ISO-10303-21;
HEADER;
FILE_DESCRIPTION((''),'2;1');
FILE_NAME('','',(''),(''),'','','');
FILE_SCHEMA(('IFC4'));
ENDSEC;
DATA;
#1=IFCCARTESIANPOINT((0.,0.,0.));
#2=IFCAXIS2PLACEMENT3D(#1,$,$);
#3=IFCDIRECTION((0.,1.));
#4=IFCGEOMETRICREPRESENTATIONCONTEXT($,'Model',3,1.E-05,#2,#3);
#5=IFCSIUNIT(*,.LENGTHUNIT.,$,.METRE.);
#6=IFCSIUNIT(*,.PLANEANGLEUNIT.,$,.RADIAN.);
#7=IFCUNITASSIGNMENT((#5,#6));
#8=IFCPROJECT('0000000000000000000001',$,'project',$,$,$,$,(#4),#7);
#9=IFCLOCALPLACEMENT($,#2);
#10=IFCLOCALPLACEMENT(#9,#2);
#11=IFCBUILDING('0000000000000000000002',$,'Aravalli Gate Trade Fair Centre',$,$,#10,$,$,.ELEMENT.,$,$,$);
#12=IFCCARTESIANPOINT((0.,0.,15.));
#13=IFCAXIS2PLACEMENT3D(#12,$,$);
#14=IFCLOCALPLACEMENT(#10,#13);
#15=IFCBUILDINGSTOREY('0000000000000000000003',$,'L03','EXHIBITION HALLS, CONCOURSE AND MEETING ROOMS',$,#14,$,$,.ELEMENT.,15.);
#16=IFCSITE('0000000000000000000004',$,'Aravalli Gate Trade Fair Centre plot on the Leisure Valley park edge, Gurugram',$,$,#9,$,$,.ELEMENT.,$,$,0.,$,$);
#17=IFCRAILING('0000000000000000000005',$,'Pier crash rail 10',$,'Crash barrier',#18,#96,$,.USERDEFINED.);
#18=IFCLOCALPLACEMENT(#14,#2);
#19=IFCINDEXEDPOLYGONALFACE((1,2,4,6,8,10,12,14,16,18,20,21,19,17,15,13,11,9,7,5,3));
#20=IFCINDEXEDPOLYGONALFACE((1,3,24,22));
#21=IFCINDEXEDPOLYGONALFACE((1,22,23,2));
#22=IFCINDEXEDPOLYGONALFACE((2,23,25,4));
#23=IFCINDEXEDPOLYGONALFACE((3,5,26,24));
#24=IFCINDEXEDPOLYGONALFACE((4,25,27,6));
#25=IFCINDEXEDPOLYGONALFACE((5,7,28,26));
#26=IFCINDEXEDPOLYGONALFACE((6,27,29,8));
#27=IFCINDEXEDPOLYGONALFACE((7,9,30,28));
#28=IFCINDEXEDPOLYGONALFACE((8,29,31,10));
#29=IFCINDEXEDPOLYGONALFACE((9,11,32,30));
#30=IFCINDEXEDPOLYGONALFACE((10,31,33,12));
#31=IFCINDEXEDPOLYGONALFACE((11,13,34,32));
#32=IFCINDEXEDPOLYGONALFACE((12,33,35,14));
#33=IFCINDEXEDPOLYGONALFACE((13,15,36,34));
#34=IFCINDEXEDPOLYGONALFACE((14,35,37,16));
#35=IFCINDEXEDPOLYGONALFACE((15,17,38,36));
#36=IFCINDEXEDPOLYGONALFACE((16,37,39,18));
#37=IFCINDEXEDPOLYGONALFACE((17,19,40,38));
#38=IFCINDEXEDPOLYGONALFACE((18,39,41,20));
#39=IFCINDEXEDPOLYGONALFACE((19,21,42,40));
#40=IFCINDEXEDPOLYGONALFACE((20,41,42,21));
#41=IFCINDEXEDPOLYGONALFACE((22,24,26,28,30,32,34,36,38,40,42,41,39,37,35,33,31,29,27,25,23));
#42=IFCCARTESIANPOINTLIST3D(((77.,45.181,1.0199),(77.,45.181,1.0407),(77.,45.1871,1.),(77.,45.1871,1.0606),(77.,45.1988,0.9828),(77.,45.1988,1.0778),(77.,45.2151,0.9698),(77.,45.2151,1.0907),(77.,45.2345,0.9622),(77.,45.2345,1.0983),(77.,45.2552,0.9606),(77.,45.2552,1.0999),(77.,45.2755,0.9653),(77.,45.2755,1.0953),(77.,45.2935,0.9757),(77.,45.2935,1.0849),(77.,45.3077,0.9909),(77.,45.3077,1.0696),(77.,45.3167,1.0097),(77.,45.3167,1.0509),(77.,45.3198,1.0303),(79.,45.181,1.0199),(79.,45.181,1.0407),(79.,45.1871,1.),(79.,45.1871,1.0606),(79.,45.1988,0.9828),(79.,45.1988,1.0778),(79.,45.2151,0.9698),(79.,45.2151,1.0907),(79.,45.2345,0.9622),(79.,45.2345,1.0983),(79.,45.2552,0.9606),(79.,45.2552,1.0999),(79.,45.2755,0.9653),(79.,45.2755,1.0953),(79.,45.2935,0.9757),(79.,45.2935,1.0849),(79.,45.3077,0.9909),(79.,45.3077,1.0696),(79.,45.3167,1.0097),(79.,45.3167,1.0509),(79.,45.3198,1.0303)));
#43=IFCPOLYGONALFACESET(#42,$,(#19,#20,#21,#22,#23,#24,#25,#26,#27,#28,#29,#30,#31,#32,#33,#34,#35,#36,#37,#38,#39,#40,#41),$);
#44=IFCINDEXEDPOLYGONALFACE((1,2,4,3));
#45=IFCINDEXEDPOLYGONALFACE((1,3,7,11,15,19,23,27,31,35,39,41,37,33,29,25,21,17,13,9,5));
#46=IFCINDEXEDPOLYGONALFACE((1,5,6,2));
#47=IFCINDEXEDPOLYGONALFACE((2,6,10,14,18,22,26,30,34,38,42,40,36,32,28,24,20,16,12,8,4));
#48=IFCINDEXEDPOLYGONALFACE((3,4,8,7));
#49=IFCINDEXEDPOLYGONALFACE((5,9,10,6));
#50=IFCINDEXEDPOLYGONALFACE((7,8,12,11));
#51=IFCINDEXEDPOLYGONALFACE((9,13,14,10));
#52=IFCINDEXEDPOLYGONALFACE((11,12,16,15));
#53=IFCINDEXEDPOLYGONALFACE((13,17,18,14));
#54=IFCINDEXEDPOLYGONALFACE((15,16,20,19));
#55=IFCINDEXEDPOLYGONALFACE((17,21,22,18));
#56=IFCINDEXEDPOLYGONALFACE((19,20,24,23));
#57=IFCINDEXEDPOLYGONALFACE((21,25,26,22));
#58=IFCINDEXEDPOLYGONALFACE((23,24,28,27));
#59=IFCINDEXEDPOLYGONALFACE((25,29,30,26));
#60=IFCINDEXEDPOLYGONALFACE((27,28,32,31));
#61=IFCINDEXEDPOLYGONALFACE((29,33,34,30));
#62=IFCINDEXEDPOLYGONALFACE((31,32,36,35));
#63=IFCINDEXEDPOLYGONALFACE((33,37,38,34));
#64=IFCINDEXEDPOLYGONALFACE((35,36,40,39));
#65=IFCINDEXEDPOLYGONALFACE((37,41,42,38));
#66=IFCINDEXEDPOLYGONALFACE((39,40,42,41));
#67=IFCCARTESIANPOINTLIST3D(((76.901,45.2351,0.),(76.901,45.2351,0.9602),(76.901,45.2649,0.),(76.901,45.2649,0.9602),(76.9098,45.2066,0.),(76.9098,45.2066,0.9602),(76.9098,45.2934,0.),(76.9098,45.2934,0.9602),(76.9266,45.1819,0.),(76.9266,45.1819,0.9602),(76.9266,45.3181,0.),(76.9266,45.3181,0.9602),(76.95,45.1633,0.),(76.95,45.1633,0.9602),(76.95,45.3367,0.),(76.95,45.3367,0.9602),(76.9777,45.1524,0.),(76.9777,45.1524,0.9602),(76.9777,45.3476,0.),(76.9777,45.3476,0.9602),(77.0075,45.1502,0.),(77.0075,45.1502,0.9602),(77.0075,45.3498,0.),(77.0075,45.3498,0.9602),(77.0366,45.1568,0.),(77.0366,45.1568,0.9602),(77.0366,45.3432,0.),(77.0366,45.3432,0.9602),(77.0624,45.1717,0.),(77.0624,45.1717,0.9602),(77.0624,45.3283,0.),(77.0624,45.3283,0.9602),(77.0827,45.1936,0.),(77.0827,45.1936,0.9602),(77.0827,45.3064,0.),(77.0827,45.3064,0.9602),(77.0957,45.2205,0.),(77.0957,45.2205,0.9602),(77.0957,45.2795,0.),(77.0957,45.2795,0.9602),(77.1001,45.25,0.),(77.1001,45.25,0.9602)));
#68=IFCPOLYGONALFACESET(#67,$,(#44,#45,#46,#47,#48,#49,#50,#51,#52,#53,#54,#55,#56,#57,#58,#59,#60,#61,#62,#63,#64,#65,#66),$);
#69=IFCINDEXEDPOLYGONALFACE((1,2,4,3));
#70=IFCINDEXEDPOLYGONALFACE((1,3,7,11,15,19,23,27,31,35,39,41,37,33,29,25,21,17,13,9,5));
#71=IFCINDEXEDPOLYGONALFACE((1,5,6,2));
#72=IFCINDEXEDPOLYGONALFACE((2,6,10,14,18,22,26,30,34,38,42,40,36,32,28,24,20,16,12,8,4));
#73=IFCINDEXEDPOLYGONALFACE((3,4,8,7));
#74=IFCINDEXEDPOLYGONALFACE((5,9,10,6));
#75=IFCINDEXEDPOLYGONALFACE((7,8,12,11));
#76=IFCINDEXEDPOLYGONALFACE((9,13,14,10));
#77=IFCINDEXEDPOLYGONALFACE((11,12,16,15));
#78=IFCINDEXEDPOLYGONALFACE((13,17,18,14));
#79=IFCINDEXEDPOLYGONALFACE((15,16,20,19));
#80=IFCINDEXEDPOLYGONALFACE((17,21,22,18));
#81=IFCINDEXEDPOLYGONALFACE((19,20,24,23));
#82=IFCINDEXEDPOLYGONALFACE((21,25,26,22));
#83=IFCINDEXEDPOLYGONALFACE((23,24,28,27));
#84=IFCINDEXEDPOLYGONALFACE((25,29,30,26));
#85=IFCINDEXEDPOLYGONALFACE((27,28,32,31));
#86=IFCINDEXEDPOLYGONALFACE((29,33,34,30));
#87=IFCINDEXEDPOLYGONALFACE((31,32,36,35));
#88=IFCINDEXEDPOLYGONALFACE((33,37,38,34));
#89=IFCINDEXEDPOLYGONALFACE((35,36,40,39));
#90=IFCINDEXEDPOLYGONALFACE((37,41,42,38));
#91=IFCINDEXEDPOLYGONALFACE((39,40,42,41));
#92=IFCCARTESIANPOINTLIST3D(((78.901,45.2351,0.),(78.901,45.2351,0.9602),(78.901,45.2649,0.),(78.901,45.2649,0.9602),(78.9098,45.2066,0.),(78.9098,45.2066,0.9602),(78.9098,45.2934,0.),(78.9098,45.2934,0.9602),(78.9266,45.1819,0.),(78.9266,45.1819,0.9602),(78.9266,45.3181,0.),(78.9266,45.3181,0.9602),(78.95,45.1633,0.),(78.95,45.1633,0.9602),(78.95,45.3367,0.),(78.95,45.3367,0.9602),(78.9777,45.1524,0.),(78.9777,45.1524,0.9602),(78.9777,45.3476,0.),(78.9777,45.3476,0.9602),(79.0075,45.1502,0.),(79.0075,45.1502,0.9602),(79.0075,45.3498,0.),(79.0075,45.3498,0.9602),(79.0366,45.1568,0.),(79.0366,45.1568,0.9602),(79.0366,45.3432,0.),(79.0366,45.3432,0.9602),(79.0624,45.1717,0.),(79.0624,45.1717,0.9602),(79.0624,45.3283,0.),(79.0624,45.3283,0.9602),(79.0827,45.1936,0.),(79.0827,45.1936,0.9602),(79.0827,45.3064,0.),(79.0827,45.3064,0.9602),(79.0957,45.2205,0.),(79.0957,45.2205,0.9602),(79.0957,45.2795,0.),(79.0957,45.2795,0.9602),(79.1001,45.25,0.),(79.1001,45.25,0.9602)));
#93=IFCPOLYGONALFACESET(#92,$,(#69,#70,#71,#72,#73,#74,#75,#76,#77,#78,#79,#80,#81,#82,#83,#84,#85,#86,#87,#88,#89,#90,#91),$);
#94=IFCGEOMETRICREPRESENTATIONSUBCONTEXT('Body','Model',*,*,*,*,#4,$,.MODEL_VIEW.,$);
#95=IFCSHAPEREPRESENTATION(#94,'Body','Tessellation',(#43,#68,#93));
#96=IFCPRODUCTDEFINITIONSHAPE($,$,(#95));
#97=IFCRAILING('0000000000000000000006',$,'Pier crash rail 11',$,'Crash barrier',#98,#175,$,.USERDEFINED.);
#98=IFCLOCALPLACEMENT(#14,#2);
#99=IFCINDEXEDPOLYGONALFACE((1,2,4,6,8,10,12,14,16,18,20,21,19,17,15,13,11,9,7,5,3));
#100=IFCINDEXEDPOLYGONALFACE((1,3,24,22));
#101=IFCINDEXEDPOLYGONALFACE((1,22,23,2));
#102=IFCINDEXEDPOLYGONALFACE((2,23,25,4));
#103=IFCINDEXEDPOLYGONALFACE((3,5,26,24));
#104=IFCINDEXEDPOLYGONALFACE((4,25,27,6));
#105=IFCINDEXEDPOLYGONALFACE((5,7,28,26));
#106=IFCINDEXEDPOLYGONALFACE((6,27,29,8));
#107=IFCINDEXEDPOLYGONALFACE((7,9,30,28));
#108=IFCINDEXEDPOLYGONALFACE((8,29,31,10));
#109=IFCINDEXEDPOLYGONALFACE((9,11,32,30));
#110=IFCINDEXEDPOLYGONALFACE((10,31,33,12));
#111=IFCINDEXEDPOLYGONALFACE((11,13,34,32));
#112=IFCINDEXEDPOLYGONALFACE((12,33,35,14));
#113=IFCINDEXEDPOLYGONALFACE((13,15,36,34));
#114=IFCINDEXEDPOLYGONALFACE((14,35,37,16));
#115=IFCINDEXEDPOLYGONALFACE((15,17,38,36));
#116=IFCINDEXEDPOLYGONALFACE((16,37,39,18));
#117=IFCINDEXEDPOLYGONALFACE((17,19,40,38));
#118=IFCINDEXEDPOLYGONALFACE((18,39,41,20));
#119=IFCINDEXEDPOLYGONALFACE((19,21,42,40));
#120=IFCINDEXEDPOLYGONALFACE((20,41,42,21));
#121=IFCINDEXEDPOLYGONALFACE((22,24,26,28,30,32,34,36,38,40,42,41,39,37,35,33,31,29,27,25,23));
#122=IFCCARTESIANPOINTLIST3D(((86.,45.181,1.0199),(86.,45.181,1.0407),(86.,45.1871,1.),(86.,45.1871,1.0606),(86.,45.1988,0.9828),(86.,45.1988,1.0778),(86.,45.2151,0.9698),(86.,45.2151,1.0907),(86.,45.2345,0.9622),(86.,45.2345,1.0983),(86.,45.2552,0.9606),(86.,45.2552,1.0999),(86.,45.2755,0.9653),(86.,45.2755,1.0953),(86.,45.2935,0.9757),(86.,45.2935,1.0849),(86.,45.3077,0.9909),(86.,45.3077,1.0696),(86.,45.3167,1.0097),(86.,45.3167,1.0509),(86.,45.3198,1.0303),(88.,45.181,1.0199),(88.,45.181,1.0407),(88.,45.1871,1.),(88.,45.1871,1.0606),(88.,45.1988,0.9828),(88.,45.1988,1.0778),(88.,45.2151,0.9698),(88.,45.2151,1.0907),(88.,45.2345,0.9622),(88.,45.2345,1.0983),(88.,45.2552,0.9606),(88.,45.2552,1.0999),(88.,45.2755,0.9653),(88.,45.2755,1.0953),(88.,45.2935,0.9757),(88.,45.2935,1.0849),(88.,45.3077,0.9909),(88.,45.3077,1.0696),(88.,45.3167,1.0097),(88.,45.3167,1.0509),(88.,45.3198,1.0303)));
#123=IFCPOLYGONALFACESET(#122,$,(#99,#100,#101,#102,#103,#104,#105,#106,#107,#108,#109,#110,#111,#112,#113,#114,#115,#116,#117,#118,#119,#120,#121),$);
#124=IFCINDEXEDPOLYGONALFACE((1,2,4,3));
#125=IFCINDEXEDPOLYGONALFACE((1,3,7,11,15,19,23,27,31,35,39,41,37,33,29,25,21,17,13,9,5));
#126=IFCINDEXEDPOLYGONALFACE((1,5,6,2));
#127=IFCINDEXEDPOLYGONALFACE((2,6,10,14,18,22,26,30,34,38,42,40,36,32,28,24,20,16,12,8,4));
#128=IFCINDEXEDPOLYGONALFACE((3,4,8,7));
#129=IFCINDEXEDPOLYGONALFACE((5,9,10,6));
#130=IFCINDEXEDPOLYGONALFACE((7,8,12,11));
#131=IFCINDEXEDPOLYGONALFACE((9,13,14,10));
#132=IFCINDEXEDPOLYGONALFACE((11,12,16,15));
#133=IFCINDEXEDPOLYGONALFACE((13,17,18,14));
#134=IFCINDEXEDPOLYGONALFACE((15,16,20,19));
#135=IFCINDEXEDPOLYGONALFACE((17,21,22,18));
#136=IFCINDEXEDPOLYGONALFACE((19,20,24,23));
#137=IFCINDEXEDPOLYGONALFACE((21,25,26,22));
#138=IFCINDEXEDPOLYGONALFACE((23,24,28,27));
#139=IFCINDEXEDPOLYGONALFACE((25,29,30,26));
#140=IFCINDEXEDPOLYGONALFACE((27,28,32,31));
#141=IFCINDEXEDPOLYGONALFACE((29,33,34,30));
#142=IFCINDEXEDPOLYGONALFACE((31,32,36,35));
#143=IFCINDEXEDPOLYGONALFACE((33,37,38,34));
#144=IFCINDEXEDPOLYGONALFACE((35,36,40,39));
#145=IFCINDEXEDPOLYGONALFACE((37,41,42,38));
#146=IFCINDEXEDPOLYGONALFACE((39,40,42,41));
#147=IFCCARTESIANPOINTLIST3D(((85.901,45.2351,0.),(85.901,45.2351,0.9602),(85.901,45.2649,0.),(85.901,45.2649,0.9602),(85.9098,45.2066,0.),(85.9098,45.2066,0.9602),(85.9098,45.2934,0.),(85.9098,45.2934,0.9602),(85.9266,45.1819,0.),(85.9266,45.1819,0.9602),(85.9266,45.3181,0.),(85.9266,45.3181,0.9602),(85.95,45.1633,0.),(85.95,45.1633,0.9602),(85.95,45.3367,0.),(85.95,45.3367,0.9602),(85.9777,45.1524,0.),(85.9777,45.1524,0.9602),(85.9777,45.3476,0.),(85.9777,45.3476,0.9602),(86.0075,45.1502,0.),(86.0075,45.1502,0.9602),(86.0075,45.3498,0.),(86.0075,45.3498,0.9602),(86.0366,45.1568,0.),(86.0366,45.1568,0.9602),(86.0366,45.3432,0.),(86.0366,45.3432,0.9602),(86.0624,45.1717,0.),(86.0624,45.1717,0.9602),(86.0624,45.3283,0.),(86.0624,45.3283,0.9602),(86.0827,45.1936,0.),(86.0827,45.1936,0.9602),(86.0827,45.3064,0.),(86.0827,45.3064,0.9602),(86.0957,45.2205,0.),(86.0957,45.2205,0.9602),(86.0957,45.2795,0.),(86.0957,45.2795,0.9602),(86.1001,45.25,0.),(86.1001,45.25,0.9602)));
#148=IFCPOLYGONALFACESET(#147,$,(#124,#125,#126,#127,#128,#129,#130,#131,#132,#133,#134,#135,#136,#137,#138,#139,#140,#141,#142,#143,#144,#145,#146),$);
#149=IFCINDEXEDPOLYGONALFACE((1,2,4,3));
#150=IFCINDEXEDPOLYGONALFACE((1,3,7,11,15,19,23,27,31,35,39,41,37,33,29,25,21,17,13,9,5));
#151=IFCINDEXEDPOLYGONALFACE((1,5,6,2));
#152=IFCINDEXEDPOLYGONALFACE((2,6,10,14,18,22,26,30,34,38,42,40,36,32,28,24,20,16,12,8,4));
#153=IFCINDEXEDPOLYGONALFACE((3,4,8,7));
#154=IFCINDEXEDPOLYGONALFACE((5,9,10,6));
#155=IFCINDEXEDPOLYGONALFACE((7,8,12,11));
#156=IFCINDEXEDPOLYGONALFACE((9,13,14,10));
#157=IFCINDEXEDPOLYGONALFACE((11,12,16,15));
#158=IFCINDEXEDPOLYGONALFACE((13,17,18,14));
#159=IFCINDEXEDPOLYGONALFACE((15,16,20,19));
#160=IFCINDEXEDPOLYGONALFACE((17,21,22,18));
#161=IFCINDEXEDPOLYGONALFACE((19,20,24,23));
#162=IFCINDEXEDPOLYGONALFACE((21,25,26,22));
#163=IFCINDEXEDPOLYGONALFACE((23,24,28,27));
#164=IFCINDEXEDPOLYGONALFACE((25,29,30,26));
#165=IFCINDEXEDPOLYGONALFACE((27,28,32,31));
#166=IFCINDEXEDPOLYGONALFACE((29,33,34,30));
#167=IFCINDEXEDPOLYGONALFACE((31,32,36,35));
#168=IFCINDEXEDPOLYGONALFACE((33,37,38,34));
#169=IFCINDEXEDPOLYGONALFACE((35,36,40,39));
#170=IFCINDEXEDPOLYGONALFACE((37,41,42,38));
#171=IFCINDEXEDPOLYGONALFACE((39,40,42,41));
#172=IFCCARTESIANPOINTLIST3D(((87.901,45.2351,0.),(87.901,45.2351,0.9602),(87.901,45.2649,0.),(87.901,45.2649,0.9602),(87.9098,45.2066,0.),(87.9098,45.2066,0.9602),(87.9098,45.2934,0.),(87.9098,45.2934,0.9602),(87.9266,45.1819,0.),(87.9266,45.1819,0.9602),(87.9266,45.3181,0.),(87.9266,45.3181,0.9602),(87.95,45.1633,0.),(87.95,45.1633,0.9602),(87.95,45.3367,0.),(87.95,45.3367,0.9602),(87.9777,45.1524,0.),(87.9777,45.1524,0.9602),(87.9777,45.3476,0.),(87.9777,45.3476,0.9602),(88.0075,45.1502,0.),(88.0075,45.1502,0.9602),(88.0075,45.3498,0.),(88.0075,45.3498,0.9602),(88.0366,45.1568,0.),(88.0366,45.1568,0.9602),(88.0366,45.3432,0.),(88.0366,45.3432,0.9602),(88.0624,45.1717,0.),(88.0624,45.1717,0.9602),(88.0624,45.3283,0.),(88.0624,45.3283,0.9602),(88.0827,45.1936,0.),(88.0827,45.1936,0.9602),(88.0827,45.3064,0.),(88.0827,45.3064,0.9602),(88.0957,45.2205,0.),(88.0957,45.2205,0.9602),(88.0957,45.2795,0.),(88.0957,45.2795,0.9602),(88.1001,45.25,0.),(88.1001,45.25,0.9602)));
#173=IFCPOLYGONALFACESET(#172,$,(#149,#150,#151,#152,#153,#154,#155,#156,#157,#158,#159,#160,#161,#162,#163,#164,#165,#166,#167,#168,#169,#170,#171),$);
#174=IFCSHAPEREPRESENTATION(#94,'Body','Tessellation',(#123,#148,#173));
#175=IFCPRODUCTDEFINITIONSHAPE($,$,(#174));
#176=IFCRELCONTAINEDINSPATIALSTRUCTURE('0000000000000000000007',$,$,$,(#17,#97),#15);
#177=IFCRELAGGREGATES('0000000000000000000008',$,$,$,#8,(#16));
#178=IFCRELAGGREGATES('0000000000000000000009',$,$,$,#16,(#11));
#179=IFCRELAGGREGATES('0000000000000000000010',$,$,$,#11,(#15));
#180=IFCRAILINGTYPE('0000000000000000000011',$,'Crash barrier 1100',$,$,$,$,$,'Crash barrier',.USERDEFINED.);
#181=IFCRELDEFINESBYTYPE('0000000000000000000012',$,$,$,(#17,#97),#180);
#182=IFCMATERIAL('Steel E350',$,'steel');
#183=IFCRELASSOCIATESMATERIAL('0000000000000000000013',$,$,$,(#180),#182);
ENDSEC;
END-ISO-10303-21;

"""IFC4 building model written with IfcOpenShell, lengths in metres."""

from ifc_helpers import new_model, si_unit, direction, frame, origin, origin_2d, place, context, subcontext, project, spatial, circle, extrude, material, type_object, element, save


model = new_model("IFC4")

# Units and contexts
model_context = context("Model", 3, precision=1e-05, world=origin(), true_north=direction((0.0, 1.0)))
body_context = subcontext(model_context, "Body", "Model", "MODEL_VIEW")
ifc_project = project(units=[si_unit("LENGTHUNIT", "METRE"), si_unit("PLANEANGLEUNIT", "RADIAN")], contexts=[model_context])

# Site, building, storey
site_placement = place(None, origin())
site = spatial("IfcSite", under=ifc_project, at=site_placement, Name="Aravalli Gate Trade Fair Centre plot on the Leisure Valley park edge, Gurugram", CompositionType="ELEMENT", RefElevation=0.0)
building_placement = place(site_placement, origin())
building = spatial("IfcBuilding", under=site, at=building_placement, Name="Aravalli Gate Trade Fair Centre", CompositionType="ELEMENT")
storey_placement = place(building_placement, frame((0.0, 0.0, 15.0)))
storey = spatial("IfcBuildingStorey", under=building, at=storey_placement, Name="L03", Description="EXHIBITION HALLS, CONCOURSE AND MEETING ROOMS", CompositionType="ELEMENT", Elevation=15.0)

# Railings
ifc_material_1 = material(Name="Steel E350", Category="steel")
railing_type = type_object("IfcRailingType", Name="Crash barrier 1100", ElementType="Crash barrier", PredefinedType="USERDEFINED", material=ifc_material_1)
for number, where, name in (
    (1, (77.0, 45.25, 0.0), "Pier crash rail 10"),
    (2, (86.0, 45.25, 0.0), "Pier crash rail 11"),
):
    element("IfcRailing", number, at=place(storey_placement, frame(where)), inside=storey, type_object=railing_type, Name=name, ObjectType="Crash barrier", PredefinedType="USERDEFINED", context=body_context, shape_type="SweptSolid", body=[
        extrude(circle(Radius=0.0698, at=origin_2d()), frame((0.0, 0.0, 1.0303), z_axis=(1.0, 0.0, 0.0), x_axis=(0.0, 1.0, 0.0)), (0.0, 0.0, 1.0), 2.0),
        extrude(circle(Radius=0.1001, at=origin_2d()), origin(), (0.0, 0.0, 1.0), 0.9602),
        extrude(circle(Radius=0.1001, at=origin_2d()), frame((2.0, 0.0, 0.0)), (0.0, 0.0, 1.0), 0.9602),
    ])

save(model, "model.ifc")
